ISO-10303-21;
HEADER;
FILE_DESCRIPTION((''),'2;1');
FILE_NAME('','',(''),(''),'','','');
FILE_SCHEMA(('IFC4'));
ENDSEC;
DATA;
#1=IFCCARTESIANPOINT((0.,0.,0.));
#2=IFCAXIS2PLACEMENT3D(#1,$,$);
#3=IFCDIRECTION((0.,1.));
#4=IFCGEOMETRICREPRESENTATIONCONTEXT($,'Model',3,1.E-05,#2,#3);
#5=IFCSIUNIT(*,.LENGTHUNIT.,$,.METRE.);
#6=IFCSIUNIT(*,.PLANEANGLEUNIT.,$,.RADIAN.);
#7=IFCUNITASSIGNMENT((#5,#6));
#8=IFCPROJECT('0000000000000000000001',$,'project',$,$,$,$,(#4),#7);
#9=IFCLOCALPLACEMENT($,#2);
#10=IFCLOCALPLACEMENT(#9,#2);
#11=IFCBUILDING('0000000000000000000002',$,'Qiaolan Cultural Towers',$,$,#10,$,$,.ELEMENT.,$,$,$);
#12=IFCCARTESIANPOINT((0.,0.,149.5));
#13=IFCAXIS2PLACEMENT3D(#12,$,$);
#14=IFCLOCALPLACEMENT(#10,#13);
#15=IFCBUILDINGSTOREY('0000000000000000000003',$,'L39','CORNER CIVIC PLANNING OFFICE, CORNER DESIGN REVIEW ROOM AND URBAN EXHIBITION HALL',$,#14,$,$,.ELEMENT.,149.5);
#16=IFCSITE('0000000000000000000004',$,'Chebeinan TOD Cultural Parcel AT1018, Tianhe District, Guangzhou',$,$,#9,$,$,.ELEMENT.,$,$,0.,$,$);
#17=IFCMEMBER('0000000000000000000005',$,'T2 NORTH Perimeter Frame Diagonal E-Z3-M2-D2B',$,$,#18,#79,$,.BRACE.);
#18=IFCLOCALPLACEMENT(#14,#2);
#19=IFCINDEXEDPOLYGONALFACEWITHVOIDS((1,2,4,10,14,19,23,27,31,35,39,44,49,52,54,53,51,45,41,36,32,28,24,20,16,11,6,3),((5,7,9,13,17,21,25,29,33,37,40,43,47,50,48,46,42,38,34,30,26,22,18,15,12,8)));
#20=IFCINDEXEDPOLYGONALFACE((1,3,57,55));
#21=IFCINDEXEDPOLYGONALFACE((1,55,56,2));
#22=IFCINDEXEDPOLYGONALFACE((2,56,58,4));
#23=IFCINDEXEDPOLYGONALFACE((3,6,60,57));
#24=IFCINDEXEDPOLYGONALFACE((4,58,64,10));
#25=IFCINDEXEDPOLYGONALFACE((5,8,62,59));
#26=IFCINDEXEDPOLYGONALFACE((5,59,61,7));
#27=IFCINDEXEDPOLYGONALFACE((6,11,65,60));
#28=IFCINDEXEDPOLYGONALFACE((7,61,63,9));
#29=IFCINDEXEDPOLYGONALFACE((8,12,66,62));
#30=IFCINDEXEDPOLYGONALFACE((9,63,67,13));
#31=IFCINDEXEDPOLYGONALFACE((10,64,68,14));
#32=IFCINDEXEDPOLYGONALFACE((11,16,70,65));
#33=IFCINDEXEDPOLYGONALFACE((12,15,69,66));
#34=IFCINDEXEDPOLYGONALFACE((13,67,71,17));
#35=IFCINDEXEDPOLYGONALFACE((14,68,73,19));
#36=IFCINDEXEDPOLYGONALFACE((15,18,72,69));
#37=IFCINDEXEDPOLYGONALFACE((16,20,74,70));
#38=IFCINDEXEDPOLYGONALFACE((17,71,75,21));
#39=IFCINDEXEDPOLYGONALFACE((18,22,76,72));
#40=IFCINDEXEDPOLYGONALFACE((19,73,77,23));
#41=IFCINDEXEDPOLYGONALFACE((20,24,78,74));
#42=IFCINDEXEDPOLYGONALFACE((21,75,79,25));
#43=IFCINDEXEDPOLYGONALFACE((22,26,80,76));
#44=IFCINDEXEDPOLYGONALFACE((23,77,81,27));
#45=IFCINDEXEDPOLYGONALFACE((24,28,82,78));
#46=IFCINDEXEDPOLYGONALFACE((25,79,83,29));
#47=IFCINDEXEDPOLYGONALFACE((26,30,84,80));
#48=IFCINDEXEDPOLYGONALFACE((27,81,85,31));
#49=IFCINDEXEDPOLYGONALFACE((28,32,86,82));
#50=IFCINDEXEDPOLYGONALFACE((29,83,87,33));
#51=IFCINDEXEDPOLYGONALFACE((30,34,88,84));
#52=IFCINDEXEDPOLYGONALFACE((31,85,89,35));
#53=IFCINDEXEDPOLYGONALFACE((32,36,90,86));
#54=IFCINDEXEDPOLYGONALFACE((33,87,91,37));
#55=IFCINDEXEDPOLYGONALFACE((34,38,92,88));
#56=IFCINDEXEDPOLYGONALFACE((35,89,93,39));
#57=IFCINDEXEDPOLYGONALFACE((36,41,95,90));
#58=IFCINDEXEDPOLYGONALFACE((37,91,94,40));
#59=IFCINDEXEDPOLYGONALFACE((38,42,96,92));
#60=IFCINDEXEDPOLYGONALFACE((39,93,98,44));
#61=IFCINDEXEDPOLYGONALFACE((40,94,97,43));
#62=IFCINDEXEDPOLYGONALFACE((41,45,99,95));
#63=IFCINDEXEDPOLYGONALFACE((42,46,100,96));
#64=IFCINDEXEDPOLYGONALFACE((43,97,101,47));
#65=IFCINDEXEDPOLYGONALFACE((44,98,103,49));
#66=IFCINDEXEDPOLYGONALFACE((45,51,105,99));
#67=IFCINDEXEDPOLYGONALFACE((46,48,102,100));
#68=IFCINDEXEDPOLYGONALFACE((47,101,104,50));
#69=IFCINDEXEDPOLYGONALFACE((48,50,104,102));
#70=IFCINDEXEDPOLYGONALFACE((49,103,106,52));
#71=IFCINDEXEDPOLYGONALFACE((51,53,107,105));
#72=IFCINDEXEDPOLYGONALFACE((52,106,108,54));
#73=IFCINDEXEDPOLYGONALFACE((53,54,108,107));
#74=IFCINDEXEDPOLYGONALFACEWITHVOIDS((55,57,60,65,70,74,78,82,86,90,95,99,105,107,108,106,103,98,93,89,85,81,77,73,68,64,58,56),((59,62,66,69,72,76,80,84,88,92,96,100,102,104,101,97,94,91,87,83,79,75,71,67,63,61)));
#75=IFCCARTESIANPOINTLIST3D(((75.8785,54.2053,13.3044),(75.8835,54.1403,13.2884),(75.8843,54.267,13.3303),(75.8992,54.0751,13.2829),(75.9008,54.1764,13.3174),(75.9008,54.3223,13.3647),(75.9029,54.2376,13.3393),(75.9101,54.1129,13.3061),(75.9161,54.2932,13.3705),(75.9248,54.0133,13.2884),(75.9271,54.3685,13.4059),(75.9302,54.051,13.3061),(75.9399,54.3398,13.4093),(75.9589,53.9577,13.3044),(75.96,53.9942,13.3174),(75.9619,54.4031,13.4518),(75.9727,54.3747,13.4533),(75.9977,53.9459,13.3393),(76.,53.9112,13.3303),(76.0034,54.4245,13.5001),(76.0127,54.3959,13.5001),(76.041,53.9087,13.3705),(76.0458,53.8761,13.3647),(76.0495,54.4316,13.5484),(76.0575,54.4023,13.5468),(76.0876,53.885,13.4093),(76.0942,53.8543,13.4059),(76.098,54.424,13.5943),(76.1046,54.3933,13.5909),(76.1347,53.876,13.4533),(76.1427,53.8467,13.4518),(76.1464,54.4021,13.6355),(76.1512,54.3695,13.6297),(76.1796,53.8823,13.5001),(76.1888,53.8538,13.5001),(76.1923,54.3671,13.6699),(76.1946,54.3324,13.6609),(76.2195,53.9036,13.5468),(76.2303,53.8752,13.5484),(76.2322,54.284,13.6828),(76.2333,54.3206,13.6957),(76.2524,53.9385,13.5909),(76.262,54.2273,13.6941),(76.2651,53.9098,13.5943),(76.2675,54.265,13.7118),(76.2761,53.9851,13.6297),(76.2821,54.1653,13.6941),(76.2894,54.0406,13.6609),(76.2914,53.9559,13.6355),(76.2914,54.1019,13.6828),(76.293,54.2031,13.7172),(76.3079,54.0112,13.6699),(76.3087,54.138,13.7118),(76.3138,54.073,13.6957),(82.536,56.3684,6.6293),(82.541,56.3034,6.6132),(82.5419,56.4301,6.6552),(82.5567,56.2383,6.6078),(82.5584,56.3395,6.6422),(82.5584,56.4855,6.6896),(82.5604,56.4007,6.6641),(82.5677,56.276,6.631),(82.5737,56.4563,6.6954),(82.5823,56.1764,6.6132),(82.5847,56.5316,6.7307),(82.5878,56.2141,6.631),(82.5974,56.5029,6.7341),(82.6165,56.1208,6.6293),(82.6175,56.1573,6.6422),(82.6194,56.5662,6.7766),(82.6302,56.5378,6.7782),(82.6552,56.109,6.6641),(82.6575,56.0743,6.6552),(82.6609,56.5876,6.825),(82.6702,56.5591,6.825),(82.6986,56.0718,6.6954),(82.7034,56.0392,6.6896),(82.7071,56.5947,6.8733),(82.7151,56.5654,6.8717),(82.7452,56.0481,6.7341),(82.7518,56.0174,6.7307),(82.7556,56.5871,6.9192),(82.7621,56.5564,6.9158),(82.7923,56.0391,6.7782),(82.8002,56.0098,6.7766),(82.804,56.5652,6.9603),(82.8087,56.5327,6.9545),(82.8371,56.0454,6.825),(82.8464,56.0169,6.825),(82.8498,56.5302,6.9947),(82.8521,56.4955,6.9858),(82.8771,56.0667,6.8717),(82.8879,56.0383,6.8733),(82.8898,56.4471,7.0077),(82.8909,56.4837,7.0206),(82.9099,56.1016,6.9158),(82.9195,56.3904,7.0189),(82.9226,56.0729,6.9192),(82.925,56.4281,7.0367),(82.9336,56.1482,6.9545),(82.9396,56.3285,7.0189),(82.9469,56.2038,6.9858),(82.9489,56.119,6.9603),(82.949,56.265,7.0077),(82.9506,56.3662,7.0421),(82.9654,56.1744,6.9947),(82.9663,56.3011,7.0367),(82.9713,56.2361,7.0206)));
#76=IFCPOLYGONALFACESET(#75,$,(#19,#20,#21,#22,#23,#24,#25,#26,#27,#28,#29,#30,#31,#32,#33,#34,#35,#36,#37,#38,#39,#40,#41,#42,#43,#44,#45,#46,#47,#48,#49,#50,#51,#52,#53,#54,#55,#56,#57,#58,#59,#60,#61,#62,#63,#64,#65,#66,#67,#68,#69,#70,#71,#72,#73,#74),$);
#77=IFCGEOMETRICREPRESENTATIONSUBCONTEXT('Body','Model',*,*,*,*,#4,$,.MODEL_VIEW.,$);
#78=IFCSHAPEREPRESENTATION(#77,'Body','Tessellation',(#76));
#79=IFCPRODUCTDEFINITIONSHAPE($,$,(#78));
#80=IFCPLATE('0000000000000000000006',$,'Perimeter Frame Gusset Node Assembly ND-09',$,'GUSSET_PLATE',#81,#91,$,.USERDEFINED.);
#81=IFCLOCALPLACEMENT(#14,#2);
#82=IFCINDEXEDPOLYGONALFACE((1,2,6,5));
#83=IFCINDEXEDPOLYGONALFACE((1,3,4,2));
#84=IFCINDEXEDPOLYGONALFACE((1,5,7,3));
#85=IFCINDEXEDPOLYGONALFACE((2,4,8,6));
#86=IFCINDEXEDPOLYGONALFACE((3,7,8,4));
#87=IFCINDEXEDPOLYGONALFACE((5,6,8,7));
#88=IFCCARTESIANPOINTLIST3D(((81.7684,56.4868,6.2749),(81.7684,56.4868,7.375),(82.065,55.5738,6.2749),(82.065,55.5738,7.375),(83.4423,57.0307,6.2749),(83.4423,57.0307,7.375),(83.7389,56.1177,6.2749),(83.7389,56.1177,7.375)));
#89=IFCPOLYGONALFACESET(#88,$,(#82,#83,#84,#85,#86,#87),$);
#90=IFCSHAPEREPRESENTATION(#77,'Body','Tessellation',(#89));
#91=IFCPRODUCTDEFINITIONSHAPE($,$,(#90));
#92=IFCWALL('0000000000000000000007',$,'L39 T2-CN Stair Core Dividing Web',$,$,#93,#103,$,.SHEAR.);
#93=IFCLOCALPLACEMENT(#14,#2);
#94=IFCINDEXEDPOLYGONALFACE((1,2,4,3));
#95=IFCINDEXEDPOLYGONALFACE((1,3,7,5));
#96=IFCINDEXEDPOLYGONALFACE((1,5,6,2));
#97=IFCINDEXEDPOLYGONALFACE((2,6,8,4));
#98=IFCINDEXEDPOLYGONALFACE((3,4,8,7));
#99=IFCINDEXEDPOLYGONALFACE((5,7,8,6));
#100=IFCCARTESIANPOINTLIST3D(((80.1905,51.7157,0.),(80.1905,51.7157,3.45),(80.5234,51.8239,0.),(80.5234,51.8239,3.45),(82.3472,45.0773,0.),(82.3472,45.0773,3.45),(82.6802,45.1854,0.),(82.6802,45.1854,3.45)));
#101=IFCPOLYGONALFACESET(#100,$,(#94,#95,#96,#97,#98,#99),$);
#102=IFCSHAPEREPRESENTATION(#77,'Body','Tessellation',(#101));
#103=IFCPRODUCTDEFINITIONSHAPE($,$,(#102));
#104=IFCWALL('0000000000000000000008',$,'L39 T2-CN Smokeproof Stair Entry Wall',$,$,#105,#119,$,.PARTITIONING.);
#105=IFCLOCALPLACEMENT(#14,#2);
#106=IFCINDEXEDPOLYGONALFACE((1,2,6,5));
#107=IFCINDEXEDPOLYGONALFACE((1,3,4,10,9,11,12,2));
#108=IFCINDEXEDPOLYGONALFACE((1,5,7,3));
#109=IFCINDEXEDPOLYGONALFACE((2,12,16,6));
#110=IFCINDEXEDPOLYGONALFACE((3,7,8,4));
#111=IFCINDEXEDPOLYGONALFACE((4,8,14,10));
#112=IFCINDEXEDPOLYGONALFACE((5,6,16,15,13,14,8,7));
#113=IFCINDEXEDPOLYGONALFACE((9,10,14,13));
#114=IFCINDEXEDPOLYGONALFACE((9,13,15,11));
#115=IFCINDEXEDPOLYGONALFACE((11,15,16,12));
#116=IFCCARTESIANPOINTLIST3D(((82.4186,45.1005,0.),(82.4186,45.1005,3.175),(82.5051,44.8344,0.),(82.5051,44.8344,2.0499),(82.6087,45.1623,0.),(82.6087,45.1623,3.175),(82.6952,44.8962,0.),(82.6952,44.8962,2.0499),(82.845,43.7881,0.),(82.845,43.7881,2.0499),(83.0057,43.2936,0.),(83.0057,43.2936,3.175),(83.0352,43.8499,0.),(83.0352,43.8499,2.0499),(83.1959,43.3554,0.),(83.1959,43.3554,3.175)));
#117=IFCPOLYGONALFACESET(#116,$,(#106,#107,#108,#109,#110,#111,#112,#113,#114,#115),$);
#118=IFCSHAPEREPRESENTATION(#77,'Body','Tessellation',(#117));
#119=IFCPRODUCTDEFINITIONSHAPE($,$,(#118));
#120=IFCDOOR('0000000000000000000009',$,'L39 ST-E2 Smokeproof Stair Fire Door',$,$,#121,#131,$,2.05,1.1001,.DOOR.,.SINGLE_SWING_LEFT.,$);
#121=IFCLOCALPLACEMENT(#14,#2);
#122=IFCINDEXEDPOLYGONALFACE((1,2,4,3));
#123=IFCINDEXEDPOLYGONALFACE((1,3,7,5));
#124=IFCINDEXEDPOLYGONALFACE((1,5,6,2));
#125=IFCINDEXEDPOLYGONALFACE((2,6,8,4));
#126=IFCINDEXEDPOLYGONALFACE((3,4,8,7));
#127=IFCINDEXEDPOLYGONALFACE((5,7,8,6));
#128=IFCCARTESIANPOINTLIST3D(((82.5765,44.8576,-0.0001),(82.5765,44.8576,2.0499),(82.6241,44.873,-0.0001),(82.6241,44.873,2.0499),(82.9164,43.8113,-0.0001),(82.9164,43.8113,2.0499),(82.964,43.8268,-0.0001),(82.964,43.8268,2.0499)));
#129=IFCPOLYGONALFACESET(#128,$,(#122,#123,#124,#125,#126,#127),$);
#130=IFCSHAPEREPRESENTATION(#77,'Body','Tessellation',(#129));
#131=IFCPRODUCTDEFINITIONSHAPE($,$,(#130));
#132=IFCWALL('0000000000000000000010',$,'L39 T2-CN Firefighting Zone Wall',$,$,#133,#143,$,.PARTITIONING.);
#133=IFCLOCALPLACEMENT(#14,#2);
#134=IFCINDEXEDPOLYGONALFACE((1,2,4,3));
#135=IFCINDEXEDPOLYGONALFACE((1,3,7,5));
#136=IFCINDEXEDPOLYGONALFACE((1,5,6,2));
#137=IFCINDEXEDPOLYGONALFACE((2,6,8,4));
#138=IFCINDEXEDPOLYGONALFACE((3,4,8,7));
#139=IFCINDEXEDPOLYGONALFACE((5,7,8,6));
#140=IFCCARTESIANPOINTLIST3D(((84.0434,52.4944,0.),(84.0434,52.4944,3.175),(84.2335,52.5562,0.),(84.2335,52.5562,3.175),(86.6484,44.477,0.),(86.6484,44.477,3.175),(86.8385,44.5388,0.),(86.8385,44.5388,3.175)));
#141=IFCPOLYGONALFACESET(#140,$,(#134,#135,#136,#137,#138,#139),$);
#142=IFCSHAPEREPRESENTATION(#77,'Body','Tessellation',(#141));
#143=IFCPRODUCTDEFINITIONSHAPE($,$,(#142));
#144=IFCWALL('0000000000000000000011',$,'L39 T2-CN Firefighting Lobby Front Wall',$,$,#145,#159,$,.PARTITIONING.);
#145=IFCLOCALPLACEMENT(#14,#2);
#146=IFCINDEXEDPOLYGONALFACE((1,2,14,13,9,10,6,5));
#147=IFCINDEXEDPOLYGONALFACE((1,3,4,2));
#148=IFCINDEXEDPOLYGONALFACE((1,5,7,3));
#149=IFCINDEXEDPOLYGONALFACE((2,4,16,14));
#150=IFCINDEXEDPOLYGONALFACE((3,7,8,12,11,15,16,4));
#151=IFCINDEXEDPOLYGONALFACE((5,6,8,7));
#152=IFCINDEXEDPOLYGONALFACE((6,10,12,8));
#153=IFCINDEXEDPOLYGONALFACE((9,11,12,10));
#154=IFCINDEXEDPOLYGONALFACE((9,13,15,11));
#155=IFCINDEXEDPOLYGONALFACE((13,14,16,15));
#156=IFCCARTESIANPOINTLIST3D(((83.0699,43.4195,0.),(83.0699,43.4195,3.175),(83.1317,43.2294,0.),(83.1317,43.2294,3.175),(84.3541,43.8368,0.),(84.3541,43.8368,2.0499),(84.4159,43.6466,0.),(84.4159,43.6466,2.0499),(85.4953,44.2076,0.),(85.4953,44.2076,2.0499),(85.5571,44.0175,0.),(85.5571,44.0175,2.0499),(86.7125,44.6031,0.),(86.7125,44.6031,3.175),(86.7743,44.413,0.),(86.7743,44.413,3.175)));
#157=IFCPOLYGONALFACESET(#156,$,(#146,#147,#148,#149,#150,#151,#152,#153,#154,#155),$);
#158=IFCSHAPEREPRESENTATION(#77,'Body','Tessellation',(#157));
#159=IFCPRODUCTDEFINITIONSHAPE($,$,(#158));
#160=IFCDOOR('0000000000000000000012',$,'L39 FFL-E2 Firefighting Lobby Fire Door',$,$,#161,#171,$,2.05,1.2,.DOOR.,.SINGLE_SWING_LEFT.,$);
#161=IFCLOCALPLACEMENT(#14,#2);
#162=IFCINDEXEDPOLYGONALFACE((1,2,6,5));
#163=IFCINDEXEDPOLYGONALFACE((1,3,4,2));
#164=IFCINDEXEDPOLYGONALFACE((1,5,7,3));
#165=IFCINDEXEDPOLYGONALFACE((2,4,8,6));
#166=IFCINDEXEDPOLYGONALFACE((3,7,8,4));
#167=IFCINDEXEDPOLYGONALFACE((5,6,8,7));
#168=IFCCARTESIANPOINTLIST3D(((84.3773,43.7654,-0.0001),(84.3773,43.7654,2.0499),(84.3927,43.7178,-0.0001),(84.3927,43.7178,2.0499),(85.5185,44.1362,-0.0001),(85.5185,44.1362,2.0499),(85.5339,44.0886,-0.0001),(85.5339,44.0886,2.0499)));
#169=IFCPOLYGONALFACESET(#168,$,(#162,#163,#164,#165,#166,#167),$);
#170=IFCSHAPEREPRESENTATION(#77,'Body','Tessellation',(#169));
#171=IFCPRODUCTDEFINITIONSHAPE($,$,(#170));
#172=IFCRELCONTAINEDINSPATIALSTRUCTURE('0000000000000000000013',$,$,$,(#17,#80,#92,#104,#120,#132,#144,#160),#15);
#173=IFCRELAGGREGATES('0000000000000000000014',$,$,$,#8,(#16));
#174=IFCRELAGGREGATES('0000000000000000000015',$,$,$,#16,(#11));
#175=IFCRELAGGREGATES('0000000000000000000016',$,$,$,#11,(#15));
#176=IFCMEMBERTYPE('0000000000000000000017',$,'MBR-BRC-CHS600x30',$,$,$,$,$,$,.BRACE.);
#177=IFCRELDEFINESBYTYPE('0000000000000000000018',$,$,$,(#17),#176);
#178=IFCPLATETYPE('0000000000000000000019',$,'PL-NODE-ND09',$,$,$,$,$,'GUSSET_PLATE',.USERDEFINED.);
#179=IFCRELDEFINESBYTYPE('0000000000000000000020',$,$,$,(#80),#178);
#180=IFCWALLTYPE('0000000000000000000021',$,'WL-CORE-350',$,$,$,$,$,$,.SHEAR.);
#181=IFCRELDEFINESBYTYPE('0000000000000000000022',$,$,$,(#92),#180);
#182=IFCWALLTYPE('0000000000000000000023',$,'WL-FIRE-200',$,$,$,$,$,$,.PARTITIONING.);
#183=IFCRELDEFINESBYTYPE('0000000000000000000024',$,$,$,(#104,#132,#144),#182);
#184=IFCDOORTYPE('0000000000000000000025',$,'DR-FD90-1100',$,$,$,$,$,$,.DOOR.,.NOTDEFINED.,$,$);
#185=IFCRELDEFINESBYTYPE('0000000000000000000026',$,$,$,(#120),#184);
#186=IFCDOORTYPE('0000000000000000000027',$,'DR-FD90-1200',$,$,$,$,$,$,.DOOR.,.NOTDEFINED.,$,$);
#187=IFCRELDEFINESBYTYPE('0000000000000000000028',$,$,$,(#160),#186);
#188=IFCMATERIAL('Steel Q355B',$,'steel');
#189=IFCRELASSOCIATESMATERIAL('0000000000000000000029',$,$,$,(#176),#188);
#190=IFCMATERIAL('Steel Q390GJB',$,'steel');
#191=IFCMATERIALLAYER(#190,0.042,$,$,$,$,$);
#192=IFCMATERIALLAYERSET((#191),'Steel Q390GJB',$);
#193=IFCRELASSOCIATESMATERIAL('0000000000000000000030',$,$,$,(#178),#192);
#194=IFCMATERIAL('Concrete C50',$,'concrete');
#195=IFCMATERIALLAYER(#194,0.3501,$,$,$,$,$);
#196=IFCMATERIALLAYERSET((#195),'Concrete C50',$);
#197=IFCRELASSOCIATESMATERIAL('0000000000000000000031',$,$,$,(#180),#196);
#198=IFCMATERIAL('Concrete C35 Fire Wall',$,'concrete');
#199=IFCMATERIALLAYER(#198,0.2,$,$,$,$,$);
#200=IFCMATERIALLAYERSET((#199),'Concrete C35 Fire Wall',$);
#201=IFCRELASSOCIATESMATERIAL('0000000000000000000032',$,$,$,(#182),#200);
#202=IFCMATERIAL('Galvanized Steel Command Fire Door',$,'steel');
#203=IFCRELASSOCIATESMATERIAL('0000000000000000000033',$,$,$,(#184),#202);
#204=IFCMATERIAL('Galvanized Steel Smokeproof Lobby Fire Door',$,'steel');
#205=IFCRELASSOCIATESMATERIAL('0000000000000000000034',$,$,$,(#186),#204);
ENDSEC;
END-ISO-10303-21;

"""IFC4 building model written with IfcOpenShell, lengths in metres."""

from ifc_helpers import new_model, si_unit, direction, frame, frame_2d, origin, origin_2d, place, context, subcontext, project, spatial, rectangle, hollow_circle, extrude, material, layer, layer_set, material_profile, profile_set, type_object, element, fill, save


model = new_model("IFC4")

# Units and contexts
model_context = context("Model", 3, precision=1e-05, world=origin(), true_north=direction((0.0, 1.0)))
body_context = subcontext(model_context, "Body", "Model", "MODEL_VIEW")
ifc_project = project(units=[si_unit("LENGTHUNIT", "METRE"), si_unit("PLANEANGLEUNIT", "RADIAN")], contexts=[model_context])

# Site, building, storey
site_placement = place(None, origin())
site = spatial("IfcSite", under=ifc_project, at=site_placement, Name="Chebeinan TOD Cultural Parcel AT1018, Tianhe District, Guangzhou", CompositionType="ELEMENT", RefElevation=0.0)
building_placement = place(site_placement, origin())
building = spatial("IfcBuilding", under=site, at=building_placement, Name="Qiaolan Cultural Towers", CompositionType="ELEMENT")
storey_placement = place(building_placement, frame((0.0, 0.0, 149.5)))
storey = spatial("IfcBuildingStorey", under=building, at=storey_placement, Name="L39", Description="CORNER CIVIC PLANNING OFFICE, CORNER DESIGN REVIEW ROOM AND URBAN EXHIBITION HALL", CompositionType="ELEMENT", Elevation=149.5)

# Member
ifc_material_1 = material(Name="Steel Q355B", Category="steel")
ifc_material_profile_1 = material_profile(ifc_material_1, hollow_circle(Radius=0.3, WallThickness=0.03, at=origin_2d()), Name="CHS600x30")
ifc_profile_set_1 = profile_set([ifc_material_profile_1], Name="Steel Q355B")
member_type = type_object("IfcMemberType", Name="MBR-BRC-CHS600x30", PredefinedType="BRACE", material=ifc_profile_set_1)
member_1_placement = place(storey_placement, frame((82.7537, 56.3022, 6.825), z_axis=(-0.688289, -0.223633, 0.690106), x_axis=(0.30901, -0.951059, 0.0)))
element("IfcMember", 1, at=member_1_placement, inside=storey, type_object=member_type, Name="T2 NORTH Perimeter Frame Diagonal E-Z3-M2-D2B", PredefinedType="BRACE", context=body_context, shape_type="SweptSolid", body=[
    extrude(hollow_circle(Radius=0.3, WallThickness=0.03, at=origin_2d()), origin(), (0.0, 0.0, 1.0), 9.6726),
])

# Plate
ifc_material_2 = material(Name="Steel Q390GJB", Category="steel")
ifc_layer_1 = layer(ifc_material_2, 0.042)
ifc_layer_set_1 = layer_set([ifc_layer_1], Name="Steel Q390GJB")
plate_type = type_object("IfcPlateType", Name="PL-NODE-ND09", ElementType="GUSSET_PLATE", PredefinedType="USERDEFINED", material=ifc_layer_set_1)
plate_placement = place(storey_placement, frame((82.7537, 56.3022, 6.2749), z_axis=(0.0, 0.0, 1.0), x_axis=(0.951057, 0.309017, 0.0)))
element("IfcPlate", 2, at=plate_placement, inside=storey, type_object=plate_type, Name="Perimeter Frame Gusset Node Assembly ND-09", ObjectType="GUSSET_PLATE", PredefinedType="USERDEFINED", context=body_context, shape_type="SweptSolid", body=[
    extrude(rectangle(XDim=1.76, YDim=0.96, at=origin_2d()), origin(), (0.0, 0.0, 1.0), 1.1001),
])

# Wall
ifc_material_3 = material(Name="Concrete C50", Category="concrete")
ifc_layer_2 = layer(ifc_material_3, 0.3501)
ifc_layer_set_2 = layer_set([ifc_layer_2], Name="Concrete C50")
wall_type_1 = type_object("IfcWallType", Name="WL-CORE-350", PredefinedType="SHEAR", material=ifc_layer_set_2)
wall_1_placement = place(storey_placement, frame((82.5137, 45.1313, 0.0), z_axis=(0.0, 0.0, 1.0), x_axis=(-0.308989, 0.951066, 0.0)))
element("IfcWall", 3, at=wall_1_placement, inside=storey, type_object=wall_type_1, Name="L39 T2-CN Stair Core Dividing Web", PredefinedType="SHEAR", context=body_context, shape_type="SweptSolid", body=[
    extrude(rectangle(XDim=6.98, YDim=0.3501, at=frame_2d((3.49, 0.0))), origin(), (0.0, 0.0, 1.0), 3.45),
])

# Wall, opening, door
ifc_material_4 = material(Name="Concrete C35 Fire Wall", Category="concrete")
ifc_layer_3 = layer(ifc_material_4, 0.2)
ifc_layer_set_3 = layer_set([ifc_layer_3], Name="Concrete C35 Fire Wall")
wall_type_2 = type_object("IfcWallType", Name="WL-FIRE-200", PredefinedType="PARTITIONING", material=ifc_layer_set_3)
wall_2_placement = place(storey_placement, frame((83.1008, 43.3245, 0.0), z_axis=(0.0, 0.0, 1.0), x_axis=(-0.309048, 0.951046, 0.0)))
wall_2 = element("IfcWall", 4, at=wall_2_placement, inside=storey, type_object=wall_type_2, Name="L39 T2-CN Smokeproof Stair Entry Wall", PredefinedType="PARTITIONING", context=body_context, shape_type="SweptSolid", body=[
    extrude(rectangle(XDim=1.8999, YDim=0.2, at=frame_2d((0.95, 0.0))), origin(), (0.0, 0.0, 1.0), 3.175),
])
opening_1_placement = place(wall_2_placement, frame((0.52, 0.0, 0.0)))
opening_1 = element("IfcOpeningElement", 5, at=opening_1_placement, cuts=wall_2, PredefinedType="OPENING", context=body_context, shape_type="SweptSolid", body=[
    extrude(rectangle(XDim=1.1001, YDim=2.05, at=frame_2d((0.55, 1.0249))), frame((0.0, 0.1099, 0.0), z_axis=(0.0, -1.0, 0.0), x_axis=(1.0, 0.0, 0.0)), (0.0, 0.0, 1.0), 0.22),
])
ifc_material_5 = material(Name="Galvanized Steel Command Fire Door", Category="steel")
door_type_1 = type_object("IfcDoorType", Name="DR-FD90-1100", OperationType="NOTDEFINED", PredefinedType="DOOR", material=ifc_material_5)
door_1_placement = place(opening_1_placement, origin())
door_1 = element("IfcDoor", 6, at=door_1_placement, inside=storey, type_object=door_type_1, Name="L39 ST-E2 Smokeproof Stair Fire Door", OperationType="SINGLE_SWING_LEFT", OverallHeight=2.05, OverallWidth=1.1001, PredefinedType="DOOR", context=body_context, shape_type="SweptSolid", body=[
    extrude(rectangle(XDim=1.1001, YDim=2.05, at=frame_2d((0.55, 1.0249))), frame((0.0, 0.0249, 0.0), z_axis=(0.0, -1.0, 0.0), x_axis=(1.0, 0.0, 0.0)), (0.0, 0.0, 1.0), 0.05),
])
fill(opening_1, door_1)

# Wall
wall_3_placement = place(storey_placement, frame((86.7434, 44.5081, 0.0), z_axis=(0.0, 0.0, 1.0), x_axis=(-0.309016, 0.951057, 0.0)))
element("IfcWall", 7, at=wall_3_placement, inside=storey, type_object=wall_type_2, Name="L39 T2-CN Firefighting Zone Wall", PredefinedType="PARTITIONING", context=body_context, shape_type="SweptSolid", body=[
    extrude(rectangle(XDim=8.4299, YDim=0.2, at=frame_2d((4.2148, 0.0))), origin(), (0.0, 0.0, 1.0), 3.175),
])

# Wall, opening, door
wall_4_placement = place(storey_placement, frame((83.1008, 43.3245, 0.0), z_axis=(0.0, 0.0, 1.0), x_axis=(0.951053, 0.309028, 0.0)))
wall_4 = element("IfcWall", 8, at=wall_4_placement, inside=storey, type_object=wall_type_2, Name="L39 T2-CN Firefighting Lobby Front Wall", PredefinedType="PARTITIONING", context=body_context, shape_type="SweptSolid", body=[
    extrude(rectangle(XDim=3.8301, YDim=0.2, at=frame_2d((1.915, 0.0))), origin(), (0.0, 0.0, 1.0), 3.175),
])
opening_2_placement = place(wall_4_placement, frame((1.3501, 0.0, 0.0)))
opening_2 = element("IfcOpeningElement", 9, at=opening_2_placement, cuts=wall_4, PredefinedType="OPENING", context=body_context, shape_type="SweptSolid", body=[
    extrude(rectangle(XDim=1.2, YDim=2.05, at=frame_2d((0.6001, 1.0249))), frame((0.0, 0.1099, 0.0), z_axis=(0.0, -1.0, 0.0), x_axis=(1.0, 0.0, 0.0)), (0.0, 0.0, 1.0), 0.22),
])
ifc_material_6 = material(Name="Galvanized Steel Smokeproof Lobby Fire Door", Category="steel")
door_type_2 = type_object("IfcDoorType", Name="DR-FD90-1200", OperationType="NOTDEFINED", PredefinedType="DOOR", material=ifc_material_6)
door_2_placement = place(opening_2_placement, origin())
door_2 = element("IfcDoor", 10, at=door_2_placement, inside=storey, type_object=door_type_2, Name="L39 FFL-E2 Firefighting Lobby Fire Door", OperationType="SINGLE_SWING_LEFT", OverallHeight=2.05, OverallWidth=1.2, PredefinedType="DOOR", context=body_context, shape_type="SweptSolid", body=[
    extrude(rectangle(XDim=1.2, YDim=2.05, at=frame_2d((0.6001, 1.0249))), frame((0.0, 0.0249, 0.0), z_axis=(0.0, -1.0, 0.0), x_axis=(1.0, 0.0, 0.0)), (0.0, 0.0, 1.0), 0.05),
])
fill(opening_2, door_2)

save(model, "model.ifc")
